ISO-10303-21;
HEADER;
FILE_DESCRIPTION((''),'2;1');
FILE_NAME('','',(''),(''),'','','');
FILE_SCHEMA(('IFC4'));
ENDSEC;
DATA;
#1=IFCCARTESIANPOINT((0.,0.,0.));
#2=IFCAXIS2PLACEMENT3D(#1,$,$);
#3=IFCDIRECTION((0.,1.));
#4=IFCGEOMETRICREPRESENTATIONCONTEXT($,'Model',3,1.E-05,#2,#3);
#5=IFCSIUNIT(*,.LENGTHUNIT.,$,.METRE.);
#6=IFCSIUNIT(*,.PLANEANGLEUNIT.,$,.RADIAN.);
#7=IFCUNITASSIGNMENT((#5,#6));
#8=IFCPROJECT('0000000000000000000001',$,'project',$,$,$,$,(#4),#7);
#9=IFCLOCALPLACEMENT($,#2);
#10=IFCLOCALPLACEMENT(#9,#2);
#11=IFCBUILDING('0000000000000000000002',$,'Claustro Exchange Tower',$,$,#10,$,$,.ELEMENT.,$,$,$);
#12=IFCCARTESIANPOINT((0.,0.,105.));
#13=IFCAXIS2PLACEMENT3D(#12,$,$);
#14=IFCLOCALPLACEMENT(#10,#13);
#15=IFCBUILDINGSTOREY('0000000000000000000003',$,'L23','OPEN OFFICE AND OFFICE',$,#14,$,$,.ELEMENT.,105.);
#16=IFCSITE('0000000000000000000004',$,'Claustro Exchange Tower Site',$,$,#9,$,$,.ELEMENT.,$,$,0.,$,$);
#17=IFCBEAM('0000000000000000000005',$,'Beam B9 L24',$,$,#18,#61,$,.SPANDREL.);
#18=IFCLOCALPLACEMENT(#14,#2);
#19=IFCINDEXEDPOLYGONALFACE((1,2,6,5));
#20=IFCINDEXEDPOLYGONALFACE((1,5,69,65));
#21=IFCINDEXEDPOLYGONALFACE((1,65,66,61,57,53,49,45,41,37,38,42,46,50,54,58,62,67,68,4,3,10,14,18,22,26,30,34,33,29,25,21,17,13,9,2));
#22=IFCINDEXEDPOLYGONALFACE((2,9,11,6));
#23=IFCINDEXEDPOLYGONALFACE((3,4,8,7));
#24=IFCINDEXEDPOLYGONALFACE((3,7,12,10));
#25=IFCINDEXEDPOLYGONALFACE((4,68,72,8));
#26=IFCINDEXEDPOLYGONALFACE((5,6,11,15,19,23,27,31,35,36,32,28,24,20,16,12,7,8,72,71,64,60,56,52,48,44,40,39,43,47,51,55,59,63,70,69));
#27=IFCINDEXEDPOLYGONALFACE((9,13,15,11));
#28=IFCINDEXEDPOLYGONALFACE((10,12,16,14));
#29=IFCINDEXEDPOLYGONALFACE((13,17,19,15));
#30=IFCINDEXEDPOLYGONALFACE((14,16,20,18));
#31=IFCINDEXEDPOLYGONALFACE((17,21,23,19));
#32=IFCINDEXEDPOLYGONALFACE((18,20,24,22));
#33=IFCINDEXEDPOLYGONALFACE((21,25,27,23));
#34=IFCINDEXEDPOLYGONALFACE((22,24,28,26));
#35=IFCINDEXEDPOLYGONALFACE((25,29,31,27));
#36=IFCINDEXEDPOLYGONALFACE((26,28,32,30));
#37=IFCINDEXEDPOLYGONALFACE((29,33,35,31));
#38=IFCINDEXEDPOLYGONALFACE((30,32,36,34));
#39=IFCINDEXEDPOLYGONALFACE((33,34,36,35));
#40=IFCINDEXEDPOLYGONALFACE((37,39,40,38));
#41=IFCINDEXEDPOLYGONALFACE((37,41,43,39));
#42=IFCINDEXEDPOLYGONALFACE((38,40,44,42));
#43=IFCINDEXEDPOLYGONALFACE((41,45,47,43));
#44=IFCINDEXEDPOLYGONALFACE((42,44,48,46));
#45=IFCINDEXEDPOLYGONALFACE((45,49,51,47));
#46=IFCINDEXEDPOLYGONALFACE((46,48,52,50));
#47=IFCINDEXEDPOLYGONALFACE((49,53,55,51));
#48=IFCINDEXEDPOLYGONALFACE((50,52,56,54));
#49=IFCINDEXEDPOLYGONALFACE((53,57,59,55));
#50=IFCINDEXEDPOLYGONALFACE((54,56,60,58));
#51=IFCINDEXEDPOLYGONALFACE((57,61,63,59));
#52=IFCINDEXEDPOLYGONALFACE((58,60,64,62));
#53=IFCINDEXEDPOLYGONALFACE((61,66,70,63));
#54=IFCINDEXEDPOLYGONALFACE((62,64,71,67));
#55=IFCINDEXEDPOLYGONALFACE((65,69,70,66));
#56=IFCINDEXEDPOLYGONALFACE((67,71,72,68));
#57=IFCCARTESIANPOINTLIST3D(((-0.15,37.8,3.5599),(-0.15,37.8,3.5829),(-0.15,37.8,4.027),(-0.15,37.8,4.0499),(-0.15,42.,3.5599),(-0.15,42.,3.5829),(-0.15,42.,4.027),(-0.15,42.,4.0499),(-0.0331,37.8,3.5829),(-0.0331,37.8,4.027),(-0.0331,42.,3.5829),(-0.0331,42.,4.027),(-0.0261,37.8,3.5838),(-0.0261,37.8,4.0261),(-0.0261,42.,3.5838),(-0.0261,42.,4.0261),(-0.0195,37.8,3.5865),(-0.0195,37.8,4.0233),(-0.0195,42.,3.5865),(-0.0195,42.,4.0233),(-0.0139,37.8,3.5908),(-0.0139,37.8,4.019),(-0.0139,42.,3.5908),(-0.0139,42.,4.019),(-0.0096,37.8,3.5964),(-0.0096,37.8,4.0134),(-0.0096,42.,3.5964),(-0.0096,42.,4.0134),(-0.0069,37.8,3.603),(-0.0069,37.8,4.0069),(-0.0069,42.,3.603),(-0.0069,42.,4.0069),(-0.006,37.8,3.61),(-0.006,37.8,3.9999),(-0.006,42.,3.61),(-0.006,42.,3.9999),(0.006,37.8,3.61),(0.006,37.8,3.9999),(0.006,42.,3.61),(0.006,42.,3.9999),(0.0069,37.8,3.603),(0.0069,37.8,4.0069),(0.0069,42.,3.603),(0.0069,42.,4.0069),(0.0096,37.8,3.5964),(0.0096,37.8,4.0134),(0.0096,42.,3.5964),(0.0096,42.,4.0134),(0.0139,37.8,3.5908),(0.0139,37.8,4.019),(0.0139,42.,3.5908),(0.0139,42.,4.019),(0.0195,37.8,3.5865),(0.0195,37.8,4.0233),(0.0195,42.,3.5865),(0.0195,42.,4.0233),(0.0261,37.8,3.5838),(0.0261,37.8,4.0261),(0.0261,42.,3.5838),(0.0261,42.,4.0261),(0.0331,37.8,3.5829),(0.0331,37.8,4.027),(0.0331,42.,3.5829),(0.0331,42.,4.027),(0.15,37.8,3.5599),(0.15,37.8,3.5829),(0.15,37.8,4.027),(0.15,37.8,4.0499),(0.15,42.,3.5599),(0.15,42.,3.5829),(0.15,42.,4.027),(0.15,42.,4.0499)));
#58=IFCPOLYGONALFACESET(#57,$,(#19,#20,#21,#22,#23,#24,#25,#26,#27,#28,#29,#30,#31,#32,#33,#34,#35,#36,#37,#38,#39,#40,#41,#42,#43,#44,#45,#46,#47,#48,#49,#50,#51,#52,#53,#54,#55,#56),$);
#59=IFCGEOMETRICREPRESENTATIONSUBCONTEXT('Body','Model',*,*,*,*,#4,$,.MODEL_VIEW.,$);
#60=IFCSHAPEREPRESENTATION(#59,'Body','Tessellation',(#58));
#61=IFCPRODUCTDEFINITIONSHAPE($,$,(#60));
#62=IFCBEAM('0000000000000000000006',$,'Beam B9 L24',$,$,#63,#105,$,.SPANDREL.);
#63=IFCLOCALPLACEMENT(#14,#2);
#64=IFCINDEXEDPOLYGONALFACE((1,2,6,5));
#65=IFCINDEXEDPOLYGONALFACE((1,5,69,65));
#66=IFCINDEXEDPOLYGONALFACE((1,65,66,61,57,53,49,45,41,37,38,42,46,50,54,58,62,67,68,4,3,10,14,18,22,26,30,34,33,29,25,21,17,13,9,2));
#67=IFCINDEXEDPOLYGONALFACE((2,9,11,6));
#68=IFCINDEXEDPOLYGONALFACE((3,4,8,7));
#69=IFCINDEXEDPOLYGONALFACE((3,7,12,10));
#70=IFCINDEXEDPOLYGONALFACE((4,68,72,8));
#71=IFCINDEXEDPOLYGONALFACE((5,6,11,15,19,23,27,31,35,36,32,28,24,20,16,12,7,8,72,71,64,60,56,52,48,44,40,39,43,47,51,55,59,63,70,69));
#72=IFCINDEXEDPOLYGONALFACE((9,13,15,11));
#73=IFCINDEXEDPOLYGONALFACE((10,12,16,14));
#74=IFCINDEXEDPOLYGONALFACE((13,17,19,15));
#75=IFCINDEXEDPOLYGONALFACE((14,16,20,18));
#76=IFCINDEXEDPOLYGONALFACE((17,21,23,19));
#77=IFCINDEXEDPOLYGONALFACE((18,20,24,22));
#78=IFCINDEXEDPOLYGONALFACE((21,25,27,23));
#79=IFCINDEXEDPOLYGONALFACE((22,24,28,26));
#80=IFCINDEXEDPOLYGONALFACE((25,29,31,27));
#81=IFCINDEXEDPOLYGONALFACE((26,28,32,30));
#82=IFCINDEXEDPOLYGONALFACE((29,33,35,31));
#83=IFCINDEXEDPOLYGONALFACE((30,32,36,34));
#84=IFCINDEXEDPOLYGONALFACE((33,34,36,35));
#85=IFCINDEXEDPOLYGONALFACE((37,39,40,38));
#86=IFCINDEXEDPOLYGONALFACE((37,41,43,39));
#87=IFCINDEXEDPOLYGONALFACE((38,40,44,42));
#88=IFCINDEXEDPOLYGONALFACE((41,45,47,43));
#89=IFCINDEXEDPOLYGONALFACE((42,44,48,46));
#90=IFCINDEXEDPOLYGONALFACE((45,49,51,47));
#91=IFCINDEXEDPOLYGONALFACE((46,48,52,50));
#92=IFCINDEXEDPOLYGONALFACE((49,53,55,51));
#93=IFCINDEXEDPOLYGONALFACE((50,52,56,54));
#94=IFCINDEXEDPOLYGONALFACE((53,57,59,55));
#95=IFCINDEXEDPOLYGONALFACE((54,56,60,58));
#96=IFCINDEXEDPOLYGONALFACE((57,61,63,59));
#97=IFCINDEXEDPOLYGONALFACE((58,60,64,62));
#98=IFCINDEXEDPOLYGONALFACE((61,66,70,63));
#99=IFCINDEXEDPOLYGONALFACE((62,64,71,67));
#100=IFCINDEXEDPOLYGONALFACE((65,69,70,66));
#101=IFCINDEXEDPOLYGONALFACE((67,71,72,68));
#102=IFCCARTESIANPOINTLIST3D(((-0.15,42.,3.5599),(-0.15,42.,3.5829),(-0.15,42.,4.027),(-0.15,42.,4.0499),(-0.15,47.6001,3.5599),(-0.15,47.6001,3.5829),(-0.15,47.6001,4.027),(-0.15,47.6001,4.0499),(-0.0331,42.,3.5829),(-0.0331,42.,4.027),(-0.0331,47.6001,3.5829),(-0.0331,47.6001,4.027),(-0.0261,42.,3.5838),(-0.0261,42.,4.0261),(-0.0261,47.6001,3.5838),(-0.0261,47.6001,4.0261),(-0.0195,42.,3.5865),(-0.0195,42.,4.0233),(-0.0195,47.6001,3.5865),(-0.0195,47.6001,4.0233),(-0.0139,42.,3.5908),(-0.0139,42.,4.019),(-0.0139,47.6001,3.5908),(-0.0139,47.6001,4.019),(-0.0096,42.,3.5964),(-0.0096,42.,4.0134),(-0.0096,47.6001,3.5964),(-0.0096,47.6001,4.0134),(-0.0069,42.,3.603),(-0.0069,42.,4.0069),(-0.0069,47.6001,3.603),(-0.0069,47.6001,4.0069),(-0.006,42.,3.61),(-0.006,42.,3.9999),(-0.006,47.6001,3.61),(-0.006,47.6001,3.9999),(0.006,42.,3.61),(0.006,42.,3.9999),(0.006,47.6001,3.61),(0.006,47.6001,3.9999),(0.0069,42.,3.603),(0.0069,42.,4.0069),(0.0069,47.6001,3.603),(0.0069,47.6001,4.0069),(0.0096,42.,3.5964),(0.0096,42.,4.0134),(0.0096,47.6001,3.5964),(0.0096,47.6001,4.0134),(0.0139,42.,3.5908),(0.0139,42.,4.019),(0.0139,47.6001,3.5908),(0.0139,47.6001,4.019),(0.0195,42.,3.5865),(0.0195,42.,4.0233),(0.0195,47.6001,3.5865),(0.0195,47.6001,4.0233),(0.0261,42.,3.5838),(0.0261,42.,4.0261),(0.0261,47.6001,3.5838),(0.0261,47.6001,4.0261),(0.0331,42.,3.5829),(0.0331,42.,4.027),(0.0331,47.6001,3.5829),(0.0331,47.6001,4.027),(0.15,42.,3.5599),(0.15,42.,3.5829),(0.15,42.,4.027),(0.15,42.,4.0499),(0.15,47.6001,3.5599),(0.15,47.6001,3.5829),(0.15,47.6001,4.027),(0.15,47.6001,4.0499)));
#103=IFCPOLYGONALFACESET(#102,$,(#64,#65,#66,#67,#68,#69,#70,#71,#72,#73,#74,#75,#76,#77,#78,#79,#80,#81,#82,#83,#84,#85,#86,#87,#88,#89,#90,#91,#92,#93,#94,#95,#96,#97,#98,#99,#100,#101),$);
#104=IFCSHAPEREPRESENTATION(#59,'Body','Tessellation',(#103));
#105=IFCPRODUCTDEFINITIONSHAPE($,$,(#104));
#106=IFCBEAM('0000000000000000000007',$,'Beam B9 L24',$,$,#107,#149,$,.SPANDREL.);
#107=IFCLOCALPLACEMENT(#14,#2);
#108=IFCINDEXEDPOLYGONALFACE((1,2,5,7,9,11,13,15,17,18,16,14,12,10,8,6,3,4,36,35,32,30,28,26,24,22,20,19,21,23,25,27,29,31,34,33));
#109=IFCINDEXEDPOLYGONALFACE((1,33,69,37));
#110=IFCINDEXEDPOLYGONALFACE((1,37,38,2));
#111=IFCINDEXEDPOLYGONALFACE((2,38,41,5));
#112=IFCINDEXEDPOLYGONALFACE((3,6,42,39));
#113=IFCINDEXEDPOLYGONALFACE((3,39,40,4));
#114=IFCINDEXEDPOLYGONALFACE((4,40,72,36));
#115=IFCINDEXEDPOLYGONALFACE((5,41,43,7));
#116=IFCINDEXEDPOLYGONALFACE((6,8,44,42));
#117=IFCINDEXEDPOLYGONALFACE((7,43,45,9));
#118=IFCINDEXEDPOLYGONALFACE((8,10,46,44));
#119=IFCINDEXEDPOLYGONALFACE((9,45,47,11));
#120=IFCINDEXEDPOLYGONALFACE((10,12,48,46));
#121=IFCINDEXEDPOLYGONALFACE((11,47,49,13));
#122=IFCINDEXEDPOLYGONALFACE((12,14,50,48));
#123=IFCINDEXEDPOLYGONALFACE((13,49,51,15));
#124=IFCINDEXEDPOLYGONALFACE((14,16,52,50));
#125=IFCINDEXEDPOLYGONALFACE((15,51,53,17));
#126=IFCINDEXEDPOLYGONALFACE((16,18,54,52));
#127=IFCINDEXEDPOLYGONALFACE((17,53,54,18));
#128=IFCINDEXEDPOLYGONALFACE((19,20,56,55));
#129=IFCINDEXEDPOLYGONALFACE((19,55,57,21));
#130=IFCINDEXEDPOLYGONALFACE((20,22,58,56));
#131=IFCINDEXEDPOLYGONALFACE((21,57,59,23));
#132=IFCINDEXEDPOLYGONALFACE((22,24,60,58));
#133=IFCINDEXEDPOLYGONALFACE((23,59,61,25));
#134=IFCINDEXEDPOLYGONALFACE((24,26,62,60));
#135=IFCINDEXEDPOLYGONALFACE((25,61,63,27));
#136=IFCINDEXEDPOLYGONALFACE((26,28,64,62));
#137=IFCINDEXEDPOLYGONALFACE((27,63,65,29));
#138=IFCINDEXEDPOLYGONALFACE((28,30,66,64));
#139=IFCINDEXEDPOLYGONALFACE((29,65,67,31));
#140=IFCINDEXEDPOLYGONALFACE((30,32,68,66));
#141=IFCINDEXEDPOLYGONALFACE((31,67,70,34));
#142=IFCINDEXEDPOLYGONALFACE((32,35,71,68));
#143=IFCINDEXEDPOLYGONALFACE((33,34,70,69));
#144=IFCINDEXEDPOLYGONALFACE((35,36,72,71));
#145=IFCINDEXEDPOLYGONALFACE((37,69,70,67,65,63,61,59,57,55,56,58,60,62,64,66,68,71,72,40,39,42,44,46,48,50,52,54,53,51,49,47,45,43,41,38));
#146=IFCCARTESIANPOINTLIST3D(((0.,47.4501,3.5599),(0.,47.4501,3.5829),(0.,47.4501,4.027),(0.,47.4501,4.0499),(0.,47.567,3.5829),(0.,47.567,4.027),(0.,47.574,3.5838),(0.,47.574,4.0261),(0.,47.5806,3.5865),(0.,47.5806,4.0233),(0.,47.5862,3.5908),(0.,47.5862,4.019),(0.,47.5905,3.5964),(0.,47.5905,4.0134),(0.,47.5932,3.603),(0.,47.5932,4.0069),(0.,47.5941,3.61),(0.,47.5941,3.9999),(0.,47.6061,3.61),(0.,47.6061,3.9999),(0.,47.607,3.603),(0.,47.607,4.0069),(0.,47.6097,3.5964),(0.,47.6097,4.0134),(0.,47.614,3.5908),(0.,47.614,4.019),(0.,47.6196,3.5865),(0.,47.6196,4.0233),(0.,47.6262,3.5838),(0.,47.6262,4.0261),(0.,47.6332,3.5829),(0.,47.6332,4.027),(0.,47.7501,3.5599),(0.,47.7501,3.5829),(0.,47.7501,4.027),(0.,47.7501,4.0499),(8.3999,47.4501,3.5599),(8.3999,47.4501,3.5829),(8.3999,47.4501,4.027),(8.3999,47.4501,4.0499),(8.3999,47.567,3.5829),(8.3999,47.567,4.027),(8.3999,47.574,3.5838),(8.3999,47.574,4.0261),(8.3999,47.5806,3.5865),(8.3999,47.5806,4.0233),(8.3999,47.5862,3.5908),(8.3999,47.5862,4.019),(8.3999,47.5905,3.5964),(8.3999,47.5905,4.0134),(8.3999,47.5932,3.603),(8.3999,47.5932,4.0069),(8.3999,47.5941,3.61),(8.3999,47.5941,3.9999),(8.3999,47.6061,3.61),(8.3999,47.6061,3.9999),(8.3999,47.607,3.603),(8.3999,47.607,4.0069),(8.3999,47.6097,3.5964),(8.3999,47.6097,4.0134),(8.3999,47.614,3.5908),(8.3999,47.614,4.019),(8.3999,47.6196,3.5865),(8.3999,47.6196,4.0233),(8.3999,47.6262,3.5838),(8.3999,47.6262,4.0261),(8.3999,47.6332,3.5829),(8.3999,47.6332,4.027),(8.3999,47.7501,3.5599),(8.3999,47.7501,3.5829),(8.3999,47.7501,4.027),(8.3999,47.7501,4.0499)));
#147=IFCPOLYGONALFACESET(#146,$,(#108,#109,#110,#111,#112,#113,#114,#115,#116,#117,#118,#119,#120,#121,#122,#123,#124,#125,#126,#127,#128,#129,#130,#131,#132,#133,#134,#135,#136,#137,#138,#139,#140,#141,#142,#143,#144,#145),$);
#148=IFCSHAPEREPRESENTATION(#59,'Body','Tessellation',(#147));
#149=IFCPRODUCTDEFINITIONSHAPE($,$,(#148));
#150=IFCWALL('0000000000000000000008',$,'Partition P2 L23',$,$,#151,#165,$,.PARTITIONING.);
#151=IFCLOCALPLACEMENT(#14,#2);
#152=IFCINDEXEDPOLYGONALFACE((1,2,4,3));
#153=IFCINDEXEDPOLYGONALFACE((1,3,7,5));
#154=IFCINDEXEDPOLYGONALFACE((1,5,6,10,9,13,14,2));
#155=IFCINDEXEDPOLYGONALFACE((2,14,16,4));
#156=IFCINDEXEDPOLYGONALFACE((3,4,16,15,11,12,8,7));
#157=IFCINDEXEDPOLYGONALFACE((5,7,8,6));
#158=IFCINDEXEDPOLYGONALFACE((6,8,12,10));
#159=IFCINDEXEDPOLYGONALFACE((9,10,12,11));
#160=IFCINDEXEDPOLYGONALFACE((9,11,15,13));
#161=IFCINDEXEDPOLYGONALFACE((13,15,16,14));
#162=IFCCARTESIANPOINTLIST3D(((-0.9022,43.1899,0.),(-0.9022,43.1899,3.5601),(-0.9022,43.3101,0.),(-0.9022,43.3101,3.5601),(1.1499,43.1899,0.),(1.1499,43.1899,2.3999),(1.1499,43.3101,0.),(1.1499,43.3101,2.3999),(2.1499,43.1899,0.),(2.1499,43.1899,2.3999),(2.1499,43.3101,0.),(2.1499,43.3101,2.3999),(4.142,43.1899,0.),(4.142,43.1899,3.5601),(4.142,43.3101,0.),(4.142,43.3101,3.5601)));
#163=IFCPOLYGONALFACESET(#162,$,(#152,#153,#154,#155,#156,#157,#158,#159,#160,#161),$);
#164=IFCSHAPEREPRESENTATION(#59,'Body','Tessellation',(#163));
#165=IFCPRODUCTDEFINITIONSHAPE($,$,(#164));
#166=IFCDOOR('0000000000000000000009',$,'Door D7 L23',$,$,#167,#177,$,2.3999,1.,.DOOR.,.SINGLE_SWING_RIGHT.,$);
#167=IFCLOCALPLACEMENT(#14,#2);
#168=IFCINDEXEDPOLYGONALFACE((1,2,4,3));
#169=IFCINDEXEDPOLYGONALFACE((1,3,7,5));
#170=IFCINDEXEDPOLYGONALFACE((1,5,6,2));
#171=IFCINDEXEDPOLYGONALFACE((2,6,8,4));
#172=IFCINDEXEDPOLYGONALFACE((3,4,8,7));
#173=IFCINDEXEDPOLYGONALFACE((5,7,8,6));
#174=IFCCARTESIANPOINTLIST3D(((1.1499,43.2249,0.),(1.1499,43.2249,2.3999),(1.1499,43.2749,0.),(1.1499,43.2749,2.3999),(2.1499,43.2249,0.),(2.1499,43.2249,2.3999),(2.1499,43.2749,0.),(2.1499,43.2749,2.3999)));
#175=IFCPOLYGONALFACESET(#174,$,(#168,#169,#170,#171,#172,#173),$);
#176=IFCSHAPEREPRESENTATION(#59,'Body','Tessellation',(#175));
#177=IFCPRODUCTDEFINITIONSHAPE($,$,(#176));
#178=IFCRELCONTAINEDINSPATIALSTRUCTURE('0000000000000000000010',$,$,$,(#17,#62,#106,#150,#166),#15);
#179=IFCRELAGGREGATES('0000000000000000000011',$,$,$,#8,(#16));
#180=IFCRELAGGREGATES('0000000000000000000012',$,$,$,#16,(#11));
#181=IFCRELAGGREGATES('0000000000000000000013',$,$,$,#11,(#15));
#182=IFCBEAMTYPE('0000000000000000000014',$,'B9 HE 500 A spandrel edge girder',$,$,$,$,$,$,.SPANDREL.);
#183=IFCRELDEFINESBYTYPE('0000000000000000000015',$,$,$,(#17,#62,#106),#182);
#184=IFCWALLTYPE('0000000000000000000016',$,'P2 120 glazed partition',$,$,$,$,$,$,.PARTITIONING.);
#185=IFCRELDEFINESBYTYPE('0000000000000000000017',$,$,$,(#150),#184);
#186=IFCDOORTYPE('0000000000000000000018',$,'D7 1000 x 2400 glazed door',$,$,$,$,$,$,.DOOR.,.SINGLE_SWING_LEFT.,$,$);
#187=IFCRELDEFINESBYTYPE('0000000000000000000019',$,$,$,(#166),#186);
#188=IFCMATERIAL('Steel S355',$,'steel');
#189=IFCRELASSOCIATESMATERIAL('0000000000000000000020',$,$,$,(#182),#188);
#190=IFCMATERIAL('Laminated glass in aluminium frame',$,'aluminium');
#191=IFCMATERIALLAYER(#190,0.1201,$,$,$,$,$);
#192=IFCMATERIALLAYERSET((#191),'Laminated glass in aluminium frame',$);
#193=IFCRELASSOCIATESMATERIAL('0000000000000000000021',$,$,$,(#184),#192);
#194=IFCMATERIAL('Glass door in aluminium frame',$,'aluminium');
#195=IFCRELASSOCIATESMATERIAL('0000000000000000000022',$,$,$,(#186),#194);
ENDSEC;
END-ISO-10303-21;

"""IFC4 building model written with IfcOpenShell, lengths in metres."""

from ifc_helpers import new_model, si_unit, direction, frame, frame_2d, origin, origin_2d, place, context, subcontext, project, spatial, rectangle, i_section, extrude, material, layer, layer_set, material_profile, profile_set, type_object, element, fill, save


model = new_model("IFC4")

# Units and contexts
model_context = context("Model", 3, precision=1e-05, world=origin(), true_north=direction((0.0, 1.0)))
body_context = subcontext(model_context, "Body", "Model", "MODEL_VIEW")
ifc_project = project(units=[si_unit("LENGTHUNIT", "METRE"), si_unit("PLANEANGLEUNIT", "RADIAN")], contexts=[model_context])

# Site, building, storey
site_placement = place(None, origin())
site = spatial("IfcSite", under=ifc_project, at=site_placement, Name="Claustro Exchange Tower Site", CompositionType="ELEMENT", RefElevation=0.0)
building_placement = place(site_placement, origin())
building = spatial("IfcBuilding", under=site, at=building_placement, Name="Claustro Exchange Tower", CompositionType="ELEMENT")
storey_placement = place(building_placement, frame((0.0, 0.0, 105.0)))
storey = spatial("IfcBuildingStorey", under=building, at=storey_placement, Name="L23", Description="OPEN OFFICE AND OFFICE", CompositionType="ELEMENT", Elevation=105.0)

# Beams
ifc_material_1 = material(Name="Steel S355", Category="steel")
ifc_material_profile_1 = material_profile(ifc_material_1, i_section(OverallWidth=0.3, OverallDepth=0.49, WebThickness=0.012, FlangeThickness=0.0229, FilletRadius=0.0271, at=origin_2d()), Name="HE 500 A")
ifc_profile_set_1 = profile_set([ifc_material_profile_1], Name="Steel S355")
beam_type_1 = type_object("IfcBeamType", Name="B9 HE 500 A spandrel edge girder", PredefinedType="SPANDREL", material=ifc_profile_set_1)
beam_1_placement = place(storey_placement, frame((0.0, 37.8, 3.8049), z_axis=(0.0, 1.0, 0.0), x_axis=(-1.0, 0.0, 0.0)))
element("IfcBeam", 1, at=beam_1_placement, inside=storey, type_object=beam_type_1, Name="Beam B9 L24", PredefinedType="SPANDREL", context=body_context, shape_type="SweptSolid", body=[
    extrude(i_section(OverallWidth=0.3, OverallDepth=0.49, WebThickness=0.012, FlangeThickness=0.0229, FilletRadius=0.0271, at=origin_2d()), origin(), (0.0, 0.0, 1.0), 4.2),
])
beam_2_placement = place(storey_placement, frame((0.0, 42.0, 3.8049), z_axis=(0.0, 1.0, 0.0), x_axis=(-1.0, 0.0, 0.0)))
element("IfcBeam", 2, at=beam_2_placement, inside=storey, type_object=beam_type_1, Name="Beam B9 L24", PredefinedType="SPANDREL", context=body_context, shape_type="SweptSolid", body=[
    extrude(i_section(OverallWidth=0.3, OverallDepth=0.49, WebThickness=0.012, FlangeThickness=0.0229, FilletRadius=0.0271, at=origin_2d()), origin(), (0.0, 0.0, 1.0), 5.6001),
])
beam_3_placement = place(storey_placement, frame((0.0, 47.6001, 3.8049), z_axis=(1.0, 0.0, 0.0), x_axis=(0.0, 1.0, 0.0)))
element("IfcBeam", 3, at=beam_3_placement, inside=storey, type_object=beam_type_1, Name="Beam B9 L24", PredefinedType="SPANDREL", context=body_context, shape_type="SweptSolid", body=[
    extrude(i_section(OverallWidth=0.3, OverallDepth=0.49, WebThickness=0.012, FlangeThickness=0.0229, FilletRadius=0.0271, at=origin_2d()), origin(), (0.0, 0.0, 1.0), 8.3999),
])

# Wall, opening, door
ifc_material_2 = material(Name="Laminated glass in aluminium frame", Category="aluminium")
ifc_layer_1 = layer(ifc_material_2, 0.1201)
ifc_layer_set_1 = layer_set([ifc_layer_1], Name="Laminated glass in aluminium frame")
wall_type_1 = type_object("IfcWallType", Name="P2 120 glazed partition", PredefinedType="PARTITIONING", material=ifc_layer_set_1)
wall_1_placement = place(storey_placement, frame((-0.9021, 43.25, 0.0), z_axis=(0.0, 0.0, 1.0), x_axis=(1.0, 0.0, 0.0)))
wall_1 = element("IfcWall", 4, at=wall_1_placement, inside=storey, type_object=wall_type_1, Name="Partition P2 L23", PredefinedType="PARTITIONING", context=body_context, shape_type="SweptSolid", body=[
    extrude(rectangle(XDim=5.0442, YDim=0.1201, at=frame_2d((2.522, 0.0))), origin(), (0.0, 0.0, 1.0), 3.5601),
])
opening_1_placement = place(wall_1_placement, frame((2.052, 0.0, 0.0)))
opening_1 = element("IfcOpeningElement", 5, at=opening_1_placement, cuts=wall_1, PredefinedType="OPENING", context=body_context, shape_type="SweptSolid", body=[
    extrude(rectangle(XDim=1.0, YDim=2.3999, at=frame_2d((0.5, 1.2))), frame((0.0, 0.0701, 0.0), z_axis=(0.0, -1.0, 0.0), x_axis=(1.0, 0.0, 0.0)), (0.0, 0.0, 1.0), 0.1401),
])
ifc_material_3 = material(Name="Glass door in aluminium frame", Category="aluminium")
door_type = type_object("IfcDoorType", Name="D7 1000 x 2400 glazed door", OperationType="SINGLE_SWING_LEFT", PredefinedType="DOOR", material=ifc_material_3)
door_1_placement = place(opening_1_placement, origin())
door_1 = element("IfcDoor", 6, at=door_1_placement, inside=storey, type_object=door_type, Name="Door D7 L23", OperationType="SINGLE_SWING_RIGHT", OverallHeight=2.3999, OverallWidth=1.0, PredefinedType="DOOR", context=body_context, shape_type="SweptSolid", body=[
    extrude(rectangle(XDim=1.0, YDim=2.3999, at=frame_2d((0.5, 1.2))), frame((0.0, 0.0249, 0.0), z_axis=(0.0, -1.0, 0.0), x_axis=(1.0, 0.0, 0.0)), (0.0, 0.0, 1.0), 0.05),
])
fill(opening_1, door_1)

save(model, "model.ifc")
